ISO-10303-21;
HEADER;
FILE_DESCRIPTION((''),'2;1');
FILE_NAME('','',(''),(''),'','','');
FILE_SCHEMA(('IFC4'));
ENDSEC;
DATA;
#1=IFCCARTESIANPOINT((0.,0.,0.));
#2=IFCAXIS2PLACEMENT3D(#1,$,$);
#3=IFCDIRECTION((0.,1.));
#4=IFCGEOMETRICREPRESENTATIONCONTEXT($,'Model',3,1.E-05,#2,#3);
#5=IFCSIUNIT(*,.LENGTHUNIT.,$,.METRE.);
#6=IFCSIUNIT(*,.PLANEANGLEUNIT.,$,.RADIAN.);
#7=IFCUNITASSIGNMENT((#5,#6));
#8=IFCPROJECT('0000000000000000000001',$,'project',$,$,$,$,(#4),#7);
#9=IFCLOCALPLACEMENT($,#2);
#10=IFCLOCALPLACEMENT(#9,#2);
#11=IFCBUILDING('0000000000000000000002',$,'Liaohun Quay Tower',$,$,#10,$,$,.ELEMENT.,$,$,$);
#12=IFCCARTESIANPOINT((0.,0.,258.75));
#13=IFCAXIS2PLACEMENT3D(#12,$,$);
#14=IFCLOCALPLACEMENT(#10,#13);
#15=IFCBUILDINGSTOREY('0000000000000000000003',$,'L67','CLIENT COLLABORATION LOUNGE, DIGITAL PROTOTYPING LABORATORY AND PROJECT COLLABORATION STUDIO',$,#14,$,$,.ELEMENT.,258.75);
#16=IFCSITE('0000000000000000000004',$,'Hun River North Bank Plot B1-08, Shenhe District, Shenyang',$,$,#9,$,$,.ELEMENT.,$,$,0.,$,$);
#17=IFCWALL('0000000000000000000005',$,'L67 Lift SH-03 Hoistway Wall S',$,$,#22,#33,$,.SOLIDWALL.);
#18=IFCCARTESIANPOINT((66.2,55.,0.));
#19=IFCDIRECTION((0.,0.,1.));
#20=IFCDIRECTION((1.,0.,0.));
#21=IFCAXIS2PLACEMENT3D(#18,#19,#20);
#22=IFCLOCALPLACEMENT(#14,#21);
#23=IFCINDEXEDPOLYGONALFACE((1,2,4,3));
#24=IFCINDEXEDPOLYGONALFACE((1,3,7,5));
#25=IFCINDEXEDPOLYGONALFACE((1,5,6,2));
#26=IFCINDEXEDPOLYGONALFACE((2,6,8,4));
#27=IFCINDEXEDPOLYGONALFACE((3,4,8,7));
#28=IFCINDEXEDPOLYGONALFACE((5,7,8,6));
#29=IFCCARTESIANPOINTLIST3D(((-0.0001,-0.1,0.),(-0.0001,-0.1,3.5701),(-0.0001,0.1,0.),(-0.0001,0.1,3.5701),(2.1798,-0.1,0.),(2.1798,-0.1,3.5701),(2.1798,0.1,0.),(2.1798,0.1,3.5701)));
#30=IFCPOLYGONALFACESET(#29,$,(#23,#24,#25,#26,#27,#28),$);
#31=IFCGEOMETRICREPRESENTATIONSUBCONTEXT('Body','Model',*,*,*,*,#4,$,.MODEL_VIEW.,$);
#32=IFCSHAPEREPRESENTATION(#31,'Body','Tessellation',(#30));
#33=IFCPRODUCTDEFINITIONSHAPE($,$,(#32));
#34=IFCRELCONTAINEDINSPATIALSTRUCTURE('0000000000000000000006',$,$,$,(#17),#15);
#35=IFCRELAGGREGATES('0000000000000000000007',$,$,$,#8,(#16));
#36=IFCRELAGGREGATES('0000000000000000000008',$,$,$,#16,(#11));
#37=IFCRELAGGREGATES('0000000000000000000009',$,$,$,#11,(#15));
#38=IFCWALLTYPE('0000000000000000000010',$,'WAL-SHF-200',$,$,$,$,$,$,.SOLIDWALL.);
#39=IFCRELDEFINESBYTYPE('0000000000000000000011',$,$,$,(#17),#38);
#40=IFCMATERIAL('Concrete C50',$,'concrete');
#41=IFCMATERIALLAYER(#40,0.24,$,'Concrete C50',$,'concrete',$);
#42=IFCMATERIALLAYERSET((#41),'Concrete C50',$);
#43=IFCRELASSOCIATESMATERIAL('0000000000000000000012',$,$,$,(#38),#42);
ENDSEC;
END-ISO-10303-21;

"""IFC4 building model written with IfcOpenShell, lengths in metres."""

from ifc_helpers import new_model, si_unit, direction, frame, frame_2d, origin, place, context, subcontext, project, spatial, rectangle, extrude, material, layer, layer_set, type_object, element, save


model = new_model("IFC4")

# Units and contexts
model_context = context("Model", 3, precision=1e-05, world=origin(), true_north=direction((0.0, 1.0)))
body_context = subcontext(model_context, "Body", "Model", "MODEL_VIEW")
ifc_project = project(units=[si_unit("LENGTHUNIT", "METRE"), si_unit("PLANEANGLEUNIT", "RADIAN")], contexts=[model_context])

# Site, building, storey
site_placement = place(None, origin())
site = spatial("IfcSite", under=ifc_project, at=site_placement, Name="Hun River North Bank Plot B1-08, Shenhe District, Shenyang", CompositionType="ELEMENT", RefElevation=0.0)
building_placement = place(site_placement, origin())
building = spatial("IfcBuilding", under=site, at=building_placement, Name="Liaohun Quay Tower", CompositionType="ELEMENT")
storey_placement = place(building_placement, frame((0.0, 0.0, 258.75)))
storey = spatial("IfcBuildingStorey", under=building, at=storey_placement, Name="L67", Description="CLIENT COLLABORATION LOUNGE, DIGITAL PROTOTYPING LABORATORY AND PROJECT COLLABORATION STUDIO", CompositionType="ELEMENT", Elevation=258.75)

# Shared definitions
ifc_material_1 = material(Name="Concrete C50", Category="concrete")
ifc_layer_1 = layer(ifc_material_1, 0.24, Name="Concrete C50", Category="concrete")
ifc_layer_set_1 = layer_set([ifc_layer_1], Name="Concrete C50")
wall_type_1 = type_object("IfcWallType", Name="WAL-SHF-200", PredefinedType="SOLIDWALL", material=ifc_layer_set_1)

# Wall
wall_1_placement = place(storey_placement, frame((66.2, 55.0, 0.0), z_axis=(0.0, 0.0, 1.0), x_axis=(1.0, 0.0, 0.0)))
element("IfcWall", 1, at=wall_1_placement, inside=storey, type_object=wall_type_1, Name="L67 Lift SH-03 Hoistway Wall S", PredefinedType="SOLIDWALL", context=body_context, shape_type="SweptSolid", body=[
    extrude(rectangle(XDim=2.1799, YDim=0.2, at=frame_2d((1.0898, 0.0))), origin(), (0.0, 0.0, 1.0), 3.5701),
])

save(model, "model.ifc")
